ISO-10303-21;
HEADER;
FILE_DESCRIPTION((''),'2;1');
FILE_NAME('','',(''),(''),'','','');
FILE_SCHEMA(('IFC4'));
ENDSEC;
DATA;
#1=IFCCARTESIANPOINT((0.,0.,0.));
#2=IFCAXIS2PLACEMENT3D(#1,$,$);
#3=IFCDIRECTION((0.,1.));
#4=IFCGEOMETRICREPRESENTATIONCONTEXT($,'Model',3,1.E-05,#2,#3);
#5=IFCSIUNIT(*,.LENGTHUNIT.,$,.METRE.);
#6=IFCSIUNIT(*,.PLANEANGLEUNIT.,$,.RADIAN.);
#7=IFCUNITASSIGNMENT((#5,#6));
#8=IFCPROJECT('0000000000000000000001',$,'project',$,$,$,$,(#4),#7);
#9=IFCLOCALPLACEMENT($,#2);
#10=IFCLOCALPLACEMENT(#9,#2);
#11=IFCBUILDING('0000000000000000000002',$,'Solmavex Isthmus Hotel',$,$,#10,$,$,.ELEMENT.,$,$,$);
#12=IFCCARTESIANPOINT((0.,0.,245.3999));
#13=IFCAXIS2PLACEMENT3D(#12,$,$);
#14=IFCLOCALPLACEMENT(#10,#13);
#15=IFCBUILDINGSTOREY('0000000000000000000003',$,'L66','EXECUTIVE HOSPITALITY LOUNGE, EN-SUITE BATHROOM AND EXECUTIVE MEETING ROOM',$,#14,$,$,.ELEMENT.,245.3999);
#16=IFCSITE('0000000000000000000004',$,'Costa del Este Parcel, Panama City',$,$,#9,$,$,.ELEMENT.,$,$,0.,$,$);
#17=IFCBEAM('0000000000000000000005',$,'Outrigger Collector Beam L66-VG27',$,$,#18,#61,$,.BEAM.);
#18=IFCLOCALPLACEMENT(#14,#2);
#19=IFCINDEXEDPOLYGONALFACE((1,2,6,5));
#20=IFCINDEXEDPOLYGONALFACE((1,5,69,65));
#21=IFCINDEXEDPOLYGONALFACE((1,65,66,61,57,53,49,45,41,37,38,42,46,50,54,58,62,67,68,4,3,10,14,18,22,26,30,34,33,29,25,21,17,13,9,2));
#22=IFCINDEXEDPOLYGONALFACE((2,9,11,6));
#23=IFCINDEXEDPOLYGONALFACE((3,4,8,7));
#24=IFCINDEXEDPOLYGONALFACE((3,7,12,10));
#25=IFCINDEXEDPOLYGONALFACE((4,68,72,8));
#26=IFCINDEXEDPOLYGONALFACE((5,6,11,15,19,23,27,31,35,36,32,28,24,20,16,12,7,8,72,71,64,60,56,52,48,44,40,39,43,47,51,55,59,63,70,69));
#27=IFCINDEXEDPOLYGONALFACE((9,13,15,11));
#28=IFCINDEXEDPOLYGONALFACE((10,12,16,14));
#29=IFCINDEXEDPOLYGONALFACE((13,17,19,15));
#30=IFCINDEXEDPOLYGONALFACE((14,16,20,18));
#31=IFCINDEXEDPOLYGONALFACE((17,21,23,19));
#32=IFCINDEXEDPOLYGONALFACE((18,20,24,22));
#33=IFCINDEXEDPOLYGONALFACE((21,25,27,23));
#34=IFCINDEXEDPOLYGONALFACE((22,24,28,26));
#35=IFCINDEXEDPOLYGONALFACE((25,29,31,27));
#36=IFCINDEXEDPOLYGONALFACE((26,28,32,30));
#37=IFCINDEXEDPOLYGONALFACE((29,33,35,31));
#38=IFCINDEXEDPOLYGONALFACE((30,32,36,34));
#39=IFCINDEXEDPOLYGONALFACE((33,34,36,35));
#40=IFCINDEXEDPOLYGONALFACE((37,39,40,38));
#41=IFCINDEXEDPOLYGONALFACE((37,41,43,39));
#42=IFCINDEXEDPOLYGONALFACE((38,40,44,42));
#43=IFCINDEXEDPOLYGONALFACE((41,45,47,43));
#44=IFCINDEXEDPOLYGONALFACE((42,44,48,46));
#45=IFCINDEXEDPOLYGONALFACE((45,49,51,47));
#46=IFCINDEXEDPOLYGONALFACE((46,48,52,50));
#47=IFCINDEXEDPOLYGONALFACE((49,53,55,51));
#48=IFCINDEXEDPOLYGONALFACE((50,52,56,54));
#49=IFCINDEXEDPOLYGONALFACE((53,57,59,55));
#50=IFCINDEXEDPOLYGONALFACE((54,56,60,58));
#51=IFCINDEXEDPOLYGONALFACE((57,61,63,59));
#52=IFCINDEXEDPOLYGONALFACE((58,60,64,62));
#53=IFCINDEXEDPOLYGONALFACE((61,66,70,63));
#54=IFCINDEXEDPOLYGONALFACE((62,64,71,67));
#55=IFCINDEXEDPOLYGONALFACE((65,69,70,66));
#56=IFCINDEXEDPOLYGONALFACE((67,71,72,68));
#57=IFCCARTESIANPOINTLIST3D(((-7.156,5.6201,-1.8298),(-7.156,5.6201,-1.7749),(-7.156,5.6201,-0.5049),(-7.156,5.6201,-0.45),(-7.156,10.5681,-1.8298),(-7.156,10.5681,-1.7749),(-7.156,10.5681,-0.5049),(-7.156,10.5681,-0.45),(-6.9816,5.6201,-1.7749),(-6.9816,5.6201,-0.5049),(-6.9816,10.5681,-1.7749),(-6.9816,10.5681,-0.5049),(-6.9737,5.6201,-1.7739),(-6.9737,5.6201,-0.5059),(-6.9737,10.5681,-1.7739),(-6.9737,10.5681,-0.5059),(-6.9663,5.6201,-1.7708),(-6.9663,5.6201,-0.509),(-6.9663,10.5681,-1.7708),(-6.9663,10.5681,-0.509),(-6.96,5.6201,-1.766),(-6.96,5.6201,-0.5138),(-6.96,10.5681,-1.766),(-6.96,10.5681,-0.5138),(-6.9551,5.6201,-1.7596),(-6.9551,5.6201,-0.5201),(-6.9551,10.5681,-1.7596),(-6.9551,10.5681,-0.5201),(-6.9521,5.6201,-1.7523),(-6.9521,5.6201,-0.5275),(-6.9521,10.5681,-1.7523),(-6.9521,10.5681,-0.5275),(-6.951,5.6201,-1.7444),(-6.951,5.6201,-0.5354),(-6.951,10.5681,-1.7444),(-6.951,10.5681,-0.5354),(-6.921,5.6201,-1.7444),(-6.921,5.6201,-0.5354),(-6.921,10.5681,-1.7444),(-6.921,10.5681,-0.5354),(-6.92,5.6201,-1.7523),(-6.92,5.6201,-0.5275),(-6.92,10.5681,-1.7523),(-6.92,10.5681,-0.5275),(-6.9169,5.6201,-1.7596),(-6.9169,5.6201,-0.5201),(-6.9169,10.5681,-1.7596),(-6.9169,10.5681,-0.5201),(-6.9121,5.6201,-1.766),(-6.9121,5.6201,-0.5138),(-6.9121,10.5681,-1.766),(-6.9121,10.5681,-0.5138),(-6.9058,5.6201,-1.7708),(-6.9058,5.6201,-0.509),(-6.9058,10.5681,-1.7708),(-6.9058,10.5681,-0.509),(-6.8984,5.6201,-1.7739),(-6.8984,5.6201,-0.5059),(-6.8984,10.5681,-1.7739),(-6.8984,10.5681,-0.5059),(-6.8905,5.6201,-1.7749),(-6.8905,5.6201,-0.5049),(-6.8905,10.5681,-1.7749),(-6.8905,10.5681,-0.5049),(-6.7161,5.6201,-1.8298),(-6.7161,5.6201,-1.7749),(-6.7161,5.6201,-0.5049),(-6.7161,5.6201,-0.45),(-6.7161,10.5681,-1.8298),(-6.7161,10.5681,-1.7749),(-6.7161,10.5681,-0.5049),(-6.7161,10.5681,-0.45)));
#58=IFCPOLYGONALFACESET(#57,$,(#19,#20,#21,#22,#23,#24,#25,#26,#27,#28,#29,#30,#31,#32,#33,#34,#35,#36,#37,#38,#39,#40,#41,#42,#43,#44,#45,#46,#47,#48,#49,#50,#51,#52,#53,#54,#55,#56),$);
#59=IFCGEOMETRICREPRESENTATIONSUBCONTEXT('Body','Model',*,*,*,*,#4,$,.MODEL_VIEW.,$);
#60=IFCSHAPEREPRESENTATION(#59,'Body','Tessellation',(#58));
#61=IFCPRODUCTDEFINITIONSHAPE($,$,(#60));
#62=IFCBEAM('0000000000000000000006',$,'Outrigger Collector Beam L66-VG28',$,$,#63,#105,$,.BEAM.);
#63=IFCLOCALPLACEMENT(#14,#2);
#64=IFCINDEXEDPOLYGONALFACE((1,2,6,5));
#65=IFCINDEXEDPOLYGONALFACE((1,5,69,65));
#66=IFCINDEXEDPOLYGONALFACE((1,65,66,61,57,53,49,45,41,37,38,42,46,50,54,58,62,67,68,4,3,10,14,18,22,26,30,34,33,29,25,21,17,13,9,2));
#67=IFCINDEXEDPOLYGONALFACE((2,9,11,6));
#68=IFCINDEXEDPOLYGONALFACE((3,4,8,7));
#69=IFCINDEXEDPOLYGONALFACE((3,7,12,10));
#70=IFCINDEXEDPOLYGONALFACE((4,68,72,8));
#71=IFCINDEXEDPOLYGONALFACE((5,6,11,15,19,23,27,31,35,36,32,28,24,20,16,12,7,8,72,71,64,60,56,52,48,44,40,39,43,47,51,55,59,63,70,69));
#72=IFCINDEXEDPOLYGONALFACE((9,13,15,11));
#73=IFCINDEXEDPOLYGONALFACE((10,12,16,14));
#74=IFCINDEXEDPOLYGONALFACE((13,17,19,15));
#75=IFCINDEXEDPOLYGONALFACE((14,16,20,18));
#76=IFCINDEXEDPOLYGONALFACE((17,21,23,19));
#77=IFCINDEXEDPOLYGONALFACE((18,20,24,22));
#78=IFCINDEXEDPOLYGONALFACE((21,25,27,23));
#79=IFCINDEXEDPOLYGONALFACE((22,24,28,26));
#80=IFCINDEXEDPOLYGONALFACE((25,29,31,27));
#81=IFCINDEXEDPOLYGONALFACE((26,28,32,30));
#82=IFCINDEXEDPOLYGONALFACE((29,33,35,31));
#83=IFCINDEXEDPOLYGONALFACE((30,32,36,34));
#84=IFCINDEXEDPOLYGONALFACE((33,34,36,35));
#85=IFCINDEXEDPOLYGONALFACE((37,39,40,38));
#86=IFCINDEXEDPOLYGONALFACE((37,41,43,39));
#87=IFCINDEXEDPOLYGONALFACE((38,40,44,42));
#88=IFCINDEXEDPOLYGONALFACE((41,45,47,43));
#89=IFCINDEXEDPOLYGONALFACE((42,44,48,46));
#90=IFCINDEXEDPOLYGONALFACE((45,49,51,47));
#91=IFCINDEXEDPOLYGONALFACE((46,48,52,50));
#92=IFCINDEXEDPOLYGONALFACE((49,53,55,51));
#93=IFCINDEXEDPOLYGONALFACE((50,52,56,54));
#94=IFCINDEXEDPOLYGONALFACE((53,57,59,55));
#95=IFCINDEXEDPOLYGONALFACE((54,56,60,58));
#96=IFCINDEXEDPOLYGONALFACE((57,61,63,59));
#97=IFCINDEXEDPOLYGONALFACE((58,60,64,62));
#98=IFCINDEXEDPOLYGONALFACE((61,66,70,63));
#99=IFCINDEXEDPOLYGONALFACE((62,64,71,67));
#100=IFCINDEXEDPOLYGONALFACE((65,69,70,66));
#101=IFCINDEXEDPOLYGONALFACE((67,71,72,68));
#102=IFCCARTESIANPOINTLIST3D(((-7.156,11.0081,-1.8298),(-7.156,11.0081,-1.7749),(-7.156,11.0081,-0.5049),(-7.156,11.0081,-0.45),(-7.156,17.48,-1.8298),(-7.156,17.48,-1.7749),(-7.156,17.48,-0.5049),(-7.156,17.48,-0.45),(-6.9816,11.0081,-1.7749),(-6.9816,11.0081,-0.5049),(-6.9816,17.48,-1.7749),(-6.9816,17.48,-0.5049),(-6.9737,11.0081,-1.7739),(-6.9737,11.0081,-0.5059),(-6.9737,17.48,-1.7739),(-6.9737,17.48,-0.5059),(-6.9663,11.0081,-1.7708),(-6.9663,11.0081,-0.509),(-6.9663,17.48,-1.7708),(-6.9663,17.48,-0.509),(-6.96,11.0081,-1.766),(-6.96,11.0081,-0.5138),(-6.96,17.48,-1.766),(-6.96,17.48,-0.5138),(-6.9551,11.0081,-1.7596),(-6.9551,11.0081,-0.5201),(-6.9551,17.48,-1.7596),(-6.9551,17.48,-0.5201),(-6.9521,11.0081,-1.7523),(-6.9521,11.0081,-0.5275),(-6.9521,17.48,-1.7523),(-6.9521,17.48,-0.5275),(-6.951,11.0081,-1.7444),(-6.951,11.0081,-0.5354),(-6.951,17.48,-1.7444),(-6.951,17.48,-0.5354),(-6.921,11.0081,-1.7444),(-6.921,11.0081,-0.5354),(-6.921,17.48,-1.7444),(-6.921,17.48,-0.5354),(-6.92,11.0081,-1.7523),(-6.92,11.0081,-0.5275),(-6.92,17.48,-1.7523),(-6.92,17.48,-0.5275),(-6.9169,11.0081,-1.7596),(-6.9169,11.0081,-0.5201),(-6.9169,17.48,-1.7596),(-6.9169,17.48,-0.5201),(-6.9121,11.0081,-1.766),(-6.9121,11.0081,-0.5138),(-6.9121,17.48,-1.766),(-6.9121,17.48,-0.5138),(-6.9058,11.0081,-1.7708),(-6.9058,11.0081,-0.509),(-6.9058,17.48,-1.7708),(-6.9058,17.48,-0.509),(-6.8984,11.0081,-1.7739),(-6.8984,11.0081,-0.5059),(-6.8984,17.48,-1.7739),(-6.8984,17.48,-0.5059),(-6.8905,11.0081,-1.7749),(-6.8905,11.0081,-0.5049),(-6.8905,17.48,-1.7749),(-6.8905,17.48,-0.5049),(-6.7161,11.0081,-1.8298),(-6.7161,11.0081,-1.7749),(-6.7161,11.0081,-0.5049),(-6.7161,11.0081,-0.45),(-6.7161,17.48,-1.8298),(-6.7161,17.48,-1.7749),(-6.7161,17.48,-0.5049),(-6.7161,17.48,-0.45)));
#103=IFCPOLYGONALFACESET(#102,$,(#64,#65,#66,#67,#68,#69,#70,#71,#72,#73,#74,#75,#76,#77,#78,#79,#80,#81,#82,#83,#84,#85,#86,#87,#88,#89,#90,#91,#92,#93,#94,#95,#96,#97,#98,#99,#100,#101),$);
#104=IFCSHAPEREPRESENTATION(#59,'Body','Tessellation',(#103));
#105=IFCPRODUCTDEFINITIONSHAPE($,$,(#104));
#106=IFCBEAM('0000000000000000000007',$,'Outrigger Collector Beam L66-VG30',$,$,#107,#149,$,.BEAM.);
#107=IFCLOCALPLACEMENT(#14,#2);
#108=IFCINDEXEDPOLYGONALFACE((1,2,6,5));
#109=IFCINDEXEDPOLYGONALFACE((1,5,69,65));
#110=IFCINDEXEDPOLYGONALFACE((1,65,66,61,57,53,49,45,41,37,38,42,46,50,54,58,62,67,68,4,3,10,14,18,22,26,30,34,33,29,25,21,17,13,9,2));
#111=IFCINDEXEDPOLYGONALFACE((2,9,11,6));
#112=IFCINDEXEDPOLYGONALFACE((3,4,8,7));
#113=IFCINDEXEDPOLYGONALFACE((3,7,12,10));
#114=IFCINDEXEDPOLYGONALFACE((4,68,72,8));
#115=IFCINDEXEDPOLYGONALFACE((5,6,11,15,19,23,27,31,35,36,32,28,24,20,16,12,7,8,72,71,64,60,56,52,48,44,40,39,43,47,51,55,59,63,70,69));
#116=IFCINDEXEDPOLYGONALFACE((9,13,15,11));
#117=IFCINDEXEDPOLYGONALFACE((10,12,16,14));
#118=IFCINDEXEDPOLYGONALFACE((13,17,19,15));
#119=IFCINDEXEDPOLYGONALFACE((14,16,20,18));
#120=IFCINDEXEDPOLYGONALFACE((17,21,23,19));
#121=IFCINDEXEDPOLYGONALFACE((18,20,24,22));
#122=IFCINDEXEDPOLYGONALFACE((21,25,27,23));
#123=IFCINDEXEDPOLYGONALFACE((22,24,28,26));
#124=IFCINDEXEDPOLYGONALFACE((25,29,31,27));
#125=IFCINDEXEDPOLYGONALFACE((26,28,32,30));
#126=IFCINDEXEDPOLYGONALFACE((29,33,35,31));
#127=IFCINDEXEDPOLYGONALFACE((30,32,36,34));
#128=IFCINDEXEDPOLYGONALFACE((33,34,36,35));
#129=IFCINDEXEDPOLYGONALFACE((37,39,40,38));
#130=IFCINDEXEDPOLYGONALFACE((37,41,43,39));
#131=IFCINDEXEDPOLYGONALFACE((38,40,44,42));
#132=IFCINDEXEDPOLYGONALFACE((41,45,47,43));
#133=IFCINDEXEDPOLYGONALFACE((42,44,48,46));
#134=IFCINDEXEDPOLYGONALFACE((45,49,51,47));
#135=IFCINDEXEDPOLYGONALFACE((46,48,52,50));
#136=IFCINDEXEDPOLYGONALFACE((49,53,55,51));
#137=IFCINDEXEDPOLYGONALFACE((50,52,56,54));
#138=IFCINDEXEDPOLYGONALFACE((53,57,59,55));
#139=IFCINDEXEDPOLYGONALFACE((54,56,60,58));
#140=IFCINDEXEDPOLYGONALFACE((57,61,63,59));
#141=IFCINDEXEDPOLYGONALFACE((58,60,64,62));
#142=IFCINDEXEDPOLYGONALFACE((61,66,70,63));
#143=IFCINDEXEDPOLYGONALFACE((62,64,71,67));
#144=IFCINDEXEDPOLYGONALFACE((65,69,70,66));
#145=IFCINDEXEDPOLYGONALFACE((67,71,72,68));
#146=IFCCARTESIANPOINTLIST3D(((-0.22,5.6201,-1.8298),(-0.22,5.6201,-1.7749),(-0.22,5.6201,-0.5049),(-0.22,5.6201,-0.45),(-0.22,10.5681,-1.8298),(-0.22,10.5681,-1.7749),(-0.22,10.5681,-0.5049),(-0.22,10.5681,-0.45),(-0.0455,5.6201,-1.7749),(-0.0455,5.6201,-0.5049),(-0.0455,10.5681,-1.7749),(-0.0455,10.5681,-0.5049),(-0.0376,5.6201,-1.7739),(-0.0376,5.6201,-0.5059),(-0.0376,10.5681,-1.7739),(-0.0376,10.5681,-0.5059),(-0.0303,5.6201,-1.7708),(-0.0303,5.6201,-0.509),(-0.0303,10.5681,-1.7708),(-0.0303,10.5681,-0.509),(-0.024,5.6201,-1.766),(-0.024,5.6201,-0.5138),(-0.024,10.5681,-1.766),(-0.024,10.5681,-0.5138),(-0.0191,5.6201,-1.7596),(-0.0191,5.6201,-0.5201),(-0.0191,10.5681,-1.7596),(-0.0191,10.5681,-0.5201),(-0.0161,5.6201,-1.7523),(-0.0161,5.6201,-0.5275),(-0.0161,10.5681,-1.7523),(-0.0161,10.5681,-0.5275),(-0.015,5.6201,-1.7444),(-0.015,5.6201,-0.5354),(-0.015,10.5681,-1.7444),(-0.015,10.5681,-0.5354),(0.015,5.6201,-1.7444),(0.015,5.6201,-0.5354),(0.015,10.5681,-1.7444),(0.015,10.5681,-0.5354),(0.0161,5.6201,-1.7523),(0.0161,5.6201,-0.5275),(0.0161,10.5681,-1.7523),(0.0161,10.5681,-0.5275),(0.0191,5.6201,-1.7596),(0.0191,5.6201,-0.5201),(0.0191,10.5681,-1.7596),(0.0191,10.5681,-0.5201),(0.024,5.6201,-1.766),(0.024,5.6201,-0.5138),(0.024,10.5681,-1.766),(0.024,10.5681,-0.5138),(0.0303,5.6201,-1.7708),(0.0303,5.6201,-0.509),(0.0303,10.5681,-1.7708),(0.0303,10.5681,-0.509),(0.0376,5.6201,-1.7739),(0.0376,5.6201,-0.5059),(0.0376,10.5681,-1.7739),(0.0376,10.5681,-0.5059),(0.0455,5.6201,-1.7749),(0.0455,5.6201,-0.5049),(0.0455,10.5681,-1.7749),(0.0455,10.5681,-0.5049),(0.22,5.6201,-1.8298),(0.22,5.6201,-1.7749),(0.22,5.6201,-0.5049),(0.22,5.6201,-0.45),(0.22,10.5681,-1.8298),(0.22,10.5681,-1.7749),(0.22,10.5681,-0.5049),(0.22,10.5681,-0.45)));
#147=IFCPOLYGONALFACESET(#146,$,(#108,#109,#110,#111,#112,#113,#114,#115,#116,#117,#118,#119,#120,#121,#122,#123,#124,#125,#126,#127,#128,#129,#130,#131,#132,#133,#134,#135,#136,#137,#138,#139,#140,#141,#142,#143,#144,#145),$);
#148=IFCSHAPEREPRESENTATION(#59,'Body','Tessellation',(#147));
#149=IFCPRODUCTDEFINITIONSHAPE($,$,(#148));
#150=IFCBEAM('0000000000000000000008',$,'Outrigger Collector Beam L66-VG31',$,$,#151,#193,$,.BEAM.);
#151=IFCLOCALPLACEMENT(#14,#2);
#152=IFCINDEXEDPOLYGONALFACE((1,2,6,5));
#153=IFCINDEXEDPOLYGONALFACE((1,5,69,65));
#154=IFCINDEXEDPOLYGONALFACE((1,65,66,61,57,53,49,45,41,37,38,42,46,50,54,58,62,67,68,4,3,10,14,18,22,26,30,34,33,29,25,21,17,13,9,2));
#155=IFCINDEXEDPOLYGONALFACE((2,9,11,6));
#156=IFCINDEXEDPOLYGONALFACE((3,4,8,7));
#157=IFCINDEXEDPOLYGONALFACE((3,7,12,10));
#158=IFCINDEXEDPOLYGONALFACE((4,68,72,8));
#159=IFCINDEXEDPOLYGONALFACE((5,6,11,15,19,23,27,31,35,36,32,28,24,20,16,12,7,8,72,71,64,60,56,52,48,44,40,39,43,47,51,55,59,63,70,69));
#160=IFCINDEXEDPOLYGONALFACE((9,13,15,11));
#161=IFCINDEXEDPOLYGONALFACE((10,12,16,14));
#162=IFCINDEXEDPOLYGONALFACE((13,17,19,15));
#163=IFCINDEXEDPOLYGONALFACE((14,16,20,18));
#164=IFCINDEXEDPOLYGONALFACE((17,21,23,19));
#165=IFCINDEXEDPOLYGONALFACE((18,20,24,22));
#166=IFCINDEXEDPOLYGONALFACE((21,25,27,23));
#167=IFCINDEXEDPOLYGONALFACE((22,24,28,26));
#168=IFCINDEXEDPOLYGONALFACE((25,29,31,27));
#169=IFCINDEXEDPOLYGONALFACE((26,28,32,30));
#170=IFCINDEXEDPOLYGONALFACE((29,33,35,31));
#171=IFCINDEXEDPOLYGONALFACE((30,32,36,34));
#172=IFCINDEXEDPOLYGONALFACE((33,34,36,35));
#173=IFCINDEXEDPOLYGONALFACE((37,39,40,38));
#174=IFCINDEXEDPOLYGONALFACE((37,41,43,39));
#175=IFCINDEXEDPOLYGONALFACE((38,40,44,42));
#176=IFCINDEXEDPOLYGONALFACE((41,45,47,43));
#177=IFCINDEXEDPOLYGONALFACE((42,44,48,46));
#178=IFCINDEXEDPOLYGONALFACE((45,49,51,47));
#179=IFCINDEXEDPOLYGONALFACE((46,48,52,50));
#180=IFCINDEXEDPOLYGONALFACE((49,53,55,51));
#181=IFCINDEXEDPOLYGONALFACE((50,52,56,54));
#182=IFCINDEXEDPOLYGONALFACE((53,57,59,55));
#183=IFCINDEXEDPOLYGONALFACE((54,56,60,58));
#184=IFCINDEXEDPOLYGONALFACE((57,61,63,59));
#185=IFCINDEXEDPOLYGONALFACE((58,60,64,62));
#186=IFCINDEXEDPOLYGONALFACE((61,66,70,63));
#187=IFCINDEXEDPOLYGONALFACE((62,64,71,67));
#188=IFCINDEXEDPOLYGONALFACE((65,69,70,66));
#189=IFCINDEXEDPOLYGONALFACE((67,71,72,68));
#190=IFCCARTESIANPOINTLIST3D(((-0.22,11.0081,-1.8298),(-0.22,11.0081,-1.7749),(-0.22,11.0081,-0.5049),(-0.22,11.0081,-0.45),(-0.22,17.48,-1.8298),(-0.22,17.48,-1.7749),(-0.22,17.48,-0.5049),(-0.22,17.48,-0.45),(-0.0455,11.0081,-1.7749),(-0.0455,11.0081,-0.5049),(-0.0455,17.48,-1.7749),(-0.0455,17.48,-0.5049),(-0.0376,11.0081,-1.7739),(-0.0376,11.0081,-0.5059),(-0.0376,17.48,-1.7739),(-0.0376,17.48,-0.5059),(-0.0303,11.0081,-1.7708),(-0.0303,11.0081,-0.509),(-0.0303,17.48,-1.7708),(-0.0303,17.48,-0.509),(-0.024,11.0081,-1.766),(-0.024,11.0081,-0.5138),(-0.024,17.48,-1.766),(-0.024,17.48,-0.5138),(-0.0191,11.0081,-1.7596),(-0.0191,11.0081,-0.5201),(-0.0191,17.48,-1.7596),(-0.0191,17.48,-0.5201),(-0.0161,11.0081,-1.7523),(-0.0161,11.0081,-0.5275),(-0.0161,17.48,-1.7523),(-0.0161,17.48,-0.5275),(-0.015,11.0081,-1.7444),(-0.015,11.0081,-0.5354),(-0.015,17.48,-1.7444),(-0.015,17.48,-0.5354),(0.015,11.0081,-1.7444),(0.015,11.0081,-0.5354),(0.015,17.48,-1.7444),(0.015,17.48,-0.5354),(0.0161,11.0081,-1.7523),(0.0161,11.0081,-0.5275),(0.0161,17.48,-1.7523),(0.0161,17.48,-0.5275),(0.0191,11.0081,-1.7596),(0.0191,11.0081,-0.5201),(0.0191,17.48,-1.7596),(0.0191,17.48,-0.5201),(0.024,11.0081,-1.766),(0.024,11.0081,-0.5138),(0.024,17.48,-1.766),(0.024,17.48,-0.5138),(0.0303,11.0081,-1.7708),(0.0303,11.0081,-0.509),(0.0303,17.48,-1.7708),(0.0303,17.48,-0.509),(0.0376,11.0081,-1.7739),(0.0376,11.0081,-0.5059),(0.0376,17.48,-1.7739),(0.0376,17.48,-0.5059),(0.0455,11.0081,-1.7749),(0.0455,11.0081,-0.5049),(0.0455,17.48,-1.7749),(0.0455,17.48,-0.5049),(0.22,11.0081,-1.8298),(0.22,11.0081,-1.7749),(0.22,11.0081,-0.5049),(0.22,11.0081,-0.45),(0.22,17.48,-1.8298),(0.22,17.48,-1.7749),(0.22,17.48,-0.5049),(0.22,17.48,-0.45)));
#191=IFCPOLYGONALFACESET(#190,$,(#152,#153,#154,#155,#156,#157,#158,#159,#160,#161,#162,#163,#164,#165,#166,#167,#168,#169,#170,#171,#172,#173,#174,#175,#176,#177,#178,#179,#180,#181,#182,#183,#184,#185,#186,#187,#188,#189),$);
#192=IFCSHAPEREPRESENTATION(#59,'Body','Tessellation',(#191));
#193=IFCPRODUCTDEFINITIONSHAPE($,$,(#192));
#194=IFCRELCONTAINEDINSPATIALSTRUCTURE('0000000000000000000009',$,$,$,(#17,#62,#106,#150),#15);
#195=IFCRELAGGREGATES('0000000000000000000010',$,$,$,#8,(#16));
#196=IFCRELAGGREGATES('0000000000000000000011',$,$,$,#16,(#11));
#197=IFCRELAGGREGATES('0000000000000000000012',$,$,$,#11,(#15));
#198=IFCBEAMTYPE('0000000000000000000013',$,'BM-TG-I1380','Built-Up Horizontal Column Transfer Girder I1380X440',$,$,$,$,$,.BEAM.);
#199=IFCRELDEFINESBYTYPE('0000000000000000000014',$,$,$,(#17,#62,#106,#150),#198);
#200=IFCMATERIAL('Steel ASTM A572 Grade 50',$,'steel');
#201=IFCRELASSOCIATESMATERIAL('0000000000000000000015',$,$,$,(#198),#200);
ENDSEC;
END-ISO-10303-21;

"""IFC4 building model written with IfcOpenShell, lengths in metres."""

from ifc_helpers import new_model, si_unit, direction, frame, origin, origin_2d, place, context, subcontext, project, spatial, i_section, extrude, material, material_profile, profile_set, type_object, element, save


model = new_model("IFC4")

# Units and contexts
model_context = context("Model", 3, precision=1e-05, world=origin(), true_north=direction((0.0, 1.0)))
body_context = subcontext(model_context, "Body", "Model", "MODEL_VIEW")
ifc_project = project(units=[si_unit("LENGTHUNIT", "METRE"), si_unit("PLANEANGLEUNIT", "RADIAN")], contexts=[model_context])

# Site, building, storey
site_placement = place(None, origin())
site = spatial("IfcSite", under=ifc_project, at=site_placement, Name="Costa del Este Parcel, Panama City", CompositionType="ELEMENT", RefElevation=0.0)
building_placement = place(site_placement, origin())
building = spatial("IfcBuilding", under=site, at=building_placement, Name="Solmavex Isthmus Hotel", CompositionType="ELEMENT")
storey_placement = place(building_placement, frame((0.0, 0.0, 245.3999)))
storey = spatial("IfcBuildingStorey", under=building, at=storey_placement, Name="L66", Description="EXECUTIVE HOSPITALITY LOUNGE, EN-SUITE BATHROOM AND EXECUTIVE MEETING ROOM", CompositionType="ELEMENT", Elevation=245.3999)

# Beams
ifc_material_1 = material(Name="Steel ASTM A572 Grade 50", Category="steel")
ifc_material_profile_1 = material_profile(ifc_material_1, i_section(OverallWidth=0.4399, OverallDepth=1.3799, WebThickness=0.03, FlangeThickness=0.0549, FilletRadius=0.0305, at=origin_2d()), Name="I1380X440")
ifc_profile_set_1 = profile_set([ifc_material_profile_1], Name="Steel ASTM A572 Grade 50")
beam_type_1 = type_object("IfcBeamType", Name="BM-TG-I1380", Description="Built-Up Horizontal Column Transfer Girder I1380X440", PredefinedType="BEAM", material=ifc_profile_set_1)
beam_1_placement = place(storey_placement, frame((-6.936, 5.6201, -1.1399), z_axis=(0.0, 1.0, 0.0), x_axis=(-1.0, 0.0, 0.0)))
element("IfcBeam", 1, at=beam_1_placement, inside=storey, type_object=beam_type_1, Name="Outrigger Collector Beam L66-VG27", PredefinedType="BEAM", context=body_context, shape_type="SweptSolid", body=[
    extrude(i_section(OverallWidth=0.4399, OverallDepth=1.3799, WebThickness=0.03, FlangeThickness=0.0549, FilletRadius=0.0305, at=origin_2d()), origin(), (0.0, 0.0, 1.0), 4.948),
])
beam_2_placement = place(storey_placement, frame((-6.936, 11.0081, -1.1399), z_axis=(0.0, 1.0, 0.0), x_axis=(-1.0, 0.0, 0.0)))
element("IfcBeam", 2, at=beam_2_placement, inside=storey, type_object=beam_type_1, Name="Outrigger Collector Beam L66-VG28", PredefinedType="BEAM", context=body_context, shape_type="SweptSolid", body=[
    extrude(i_section(OverallWidth=0.4399, OverallDepth=1.3799, WebThickness=0.03, FlangeThickness=0.0549, FilletRadius=0.0305, at=origin_2d()), origin(), (0.0, 0.0, 1.0), 6.4719),
])
beam_3_placement = place(storey_placement, frame((0.0, 5.6201, -1.1399), z_axis=(0.0, 1.0, 0.0), x_axis=(-1.0, 0.0, 0.0)))
element("IfcBeam", 3, at=beam_3_placement, inside=storey, type_object=beam_type_1, Name="Outrigger Collector Beam L66-VG30", PredefinedType="BEAM", context=body_context, shape_type="SweptSolid", body=[
    extrude(i_section(OverallWidth=0.4399, OverallDepth=1.3799, WebThickness=0.03, FlangeThickness=0.0549, FilletRadius=0.0305, at=origin_2d()), origin(), (0.0, 0.0, 1.0), 4.948),
])
beam_4_placement = place(storey_placement, frame((0.0, 11.0081, -1.1399), z_axis=(0.0, 1.0, 0.0), x_axis=(-1.0, 0.0, 0.0)))
element("IfcBeam", 4, at=beam_4_placement, inside=storey, type_object=beam_type_1, Name="Outrigger Collector Beam L66-VG31", PredefinedType="BEAM", context=body_context, shape_type="SweptSolid", body=[
    extrude(i_section(OverallWidth=0.4399, OverallDepth=1.3799, WebThickness=0.03, FlangeThickness=0.0549, FilletRadius=0.0305, at=origin_2d()), origin(), (0.0, 0.0, 1.0), 6.4719),
])

save(model, "model.ifc")
